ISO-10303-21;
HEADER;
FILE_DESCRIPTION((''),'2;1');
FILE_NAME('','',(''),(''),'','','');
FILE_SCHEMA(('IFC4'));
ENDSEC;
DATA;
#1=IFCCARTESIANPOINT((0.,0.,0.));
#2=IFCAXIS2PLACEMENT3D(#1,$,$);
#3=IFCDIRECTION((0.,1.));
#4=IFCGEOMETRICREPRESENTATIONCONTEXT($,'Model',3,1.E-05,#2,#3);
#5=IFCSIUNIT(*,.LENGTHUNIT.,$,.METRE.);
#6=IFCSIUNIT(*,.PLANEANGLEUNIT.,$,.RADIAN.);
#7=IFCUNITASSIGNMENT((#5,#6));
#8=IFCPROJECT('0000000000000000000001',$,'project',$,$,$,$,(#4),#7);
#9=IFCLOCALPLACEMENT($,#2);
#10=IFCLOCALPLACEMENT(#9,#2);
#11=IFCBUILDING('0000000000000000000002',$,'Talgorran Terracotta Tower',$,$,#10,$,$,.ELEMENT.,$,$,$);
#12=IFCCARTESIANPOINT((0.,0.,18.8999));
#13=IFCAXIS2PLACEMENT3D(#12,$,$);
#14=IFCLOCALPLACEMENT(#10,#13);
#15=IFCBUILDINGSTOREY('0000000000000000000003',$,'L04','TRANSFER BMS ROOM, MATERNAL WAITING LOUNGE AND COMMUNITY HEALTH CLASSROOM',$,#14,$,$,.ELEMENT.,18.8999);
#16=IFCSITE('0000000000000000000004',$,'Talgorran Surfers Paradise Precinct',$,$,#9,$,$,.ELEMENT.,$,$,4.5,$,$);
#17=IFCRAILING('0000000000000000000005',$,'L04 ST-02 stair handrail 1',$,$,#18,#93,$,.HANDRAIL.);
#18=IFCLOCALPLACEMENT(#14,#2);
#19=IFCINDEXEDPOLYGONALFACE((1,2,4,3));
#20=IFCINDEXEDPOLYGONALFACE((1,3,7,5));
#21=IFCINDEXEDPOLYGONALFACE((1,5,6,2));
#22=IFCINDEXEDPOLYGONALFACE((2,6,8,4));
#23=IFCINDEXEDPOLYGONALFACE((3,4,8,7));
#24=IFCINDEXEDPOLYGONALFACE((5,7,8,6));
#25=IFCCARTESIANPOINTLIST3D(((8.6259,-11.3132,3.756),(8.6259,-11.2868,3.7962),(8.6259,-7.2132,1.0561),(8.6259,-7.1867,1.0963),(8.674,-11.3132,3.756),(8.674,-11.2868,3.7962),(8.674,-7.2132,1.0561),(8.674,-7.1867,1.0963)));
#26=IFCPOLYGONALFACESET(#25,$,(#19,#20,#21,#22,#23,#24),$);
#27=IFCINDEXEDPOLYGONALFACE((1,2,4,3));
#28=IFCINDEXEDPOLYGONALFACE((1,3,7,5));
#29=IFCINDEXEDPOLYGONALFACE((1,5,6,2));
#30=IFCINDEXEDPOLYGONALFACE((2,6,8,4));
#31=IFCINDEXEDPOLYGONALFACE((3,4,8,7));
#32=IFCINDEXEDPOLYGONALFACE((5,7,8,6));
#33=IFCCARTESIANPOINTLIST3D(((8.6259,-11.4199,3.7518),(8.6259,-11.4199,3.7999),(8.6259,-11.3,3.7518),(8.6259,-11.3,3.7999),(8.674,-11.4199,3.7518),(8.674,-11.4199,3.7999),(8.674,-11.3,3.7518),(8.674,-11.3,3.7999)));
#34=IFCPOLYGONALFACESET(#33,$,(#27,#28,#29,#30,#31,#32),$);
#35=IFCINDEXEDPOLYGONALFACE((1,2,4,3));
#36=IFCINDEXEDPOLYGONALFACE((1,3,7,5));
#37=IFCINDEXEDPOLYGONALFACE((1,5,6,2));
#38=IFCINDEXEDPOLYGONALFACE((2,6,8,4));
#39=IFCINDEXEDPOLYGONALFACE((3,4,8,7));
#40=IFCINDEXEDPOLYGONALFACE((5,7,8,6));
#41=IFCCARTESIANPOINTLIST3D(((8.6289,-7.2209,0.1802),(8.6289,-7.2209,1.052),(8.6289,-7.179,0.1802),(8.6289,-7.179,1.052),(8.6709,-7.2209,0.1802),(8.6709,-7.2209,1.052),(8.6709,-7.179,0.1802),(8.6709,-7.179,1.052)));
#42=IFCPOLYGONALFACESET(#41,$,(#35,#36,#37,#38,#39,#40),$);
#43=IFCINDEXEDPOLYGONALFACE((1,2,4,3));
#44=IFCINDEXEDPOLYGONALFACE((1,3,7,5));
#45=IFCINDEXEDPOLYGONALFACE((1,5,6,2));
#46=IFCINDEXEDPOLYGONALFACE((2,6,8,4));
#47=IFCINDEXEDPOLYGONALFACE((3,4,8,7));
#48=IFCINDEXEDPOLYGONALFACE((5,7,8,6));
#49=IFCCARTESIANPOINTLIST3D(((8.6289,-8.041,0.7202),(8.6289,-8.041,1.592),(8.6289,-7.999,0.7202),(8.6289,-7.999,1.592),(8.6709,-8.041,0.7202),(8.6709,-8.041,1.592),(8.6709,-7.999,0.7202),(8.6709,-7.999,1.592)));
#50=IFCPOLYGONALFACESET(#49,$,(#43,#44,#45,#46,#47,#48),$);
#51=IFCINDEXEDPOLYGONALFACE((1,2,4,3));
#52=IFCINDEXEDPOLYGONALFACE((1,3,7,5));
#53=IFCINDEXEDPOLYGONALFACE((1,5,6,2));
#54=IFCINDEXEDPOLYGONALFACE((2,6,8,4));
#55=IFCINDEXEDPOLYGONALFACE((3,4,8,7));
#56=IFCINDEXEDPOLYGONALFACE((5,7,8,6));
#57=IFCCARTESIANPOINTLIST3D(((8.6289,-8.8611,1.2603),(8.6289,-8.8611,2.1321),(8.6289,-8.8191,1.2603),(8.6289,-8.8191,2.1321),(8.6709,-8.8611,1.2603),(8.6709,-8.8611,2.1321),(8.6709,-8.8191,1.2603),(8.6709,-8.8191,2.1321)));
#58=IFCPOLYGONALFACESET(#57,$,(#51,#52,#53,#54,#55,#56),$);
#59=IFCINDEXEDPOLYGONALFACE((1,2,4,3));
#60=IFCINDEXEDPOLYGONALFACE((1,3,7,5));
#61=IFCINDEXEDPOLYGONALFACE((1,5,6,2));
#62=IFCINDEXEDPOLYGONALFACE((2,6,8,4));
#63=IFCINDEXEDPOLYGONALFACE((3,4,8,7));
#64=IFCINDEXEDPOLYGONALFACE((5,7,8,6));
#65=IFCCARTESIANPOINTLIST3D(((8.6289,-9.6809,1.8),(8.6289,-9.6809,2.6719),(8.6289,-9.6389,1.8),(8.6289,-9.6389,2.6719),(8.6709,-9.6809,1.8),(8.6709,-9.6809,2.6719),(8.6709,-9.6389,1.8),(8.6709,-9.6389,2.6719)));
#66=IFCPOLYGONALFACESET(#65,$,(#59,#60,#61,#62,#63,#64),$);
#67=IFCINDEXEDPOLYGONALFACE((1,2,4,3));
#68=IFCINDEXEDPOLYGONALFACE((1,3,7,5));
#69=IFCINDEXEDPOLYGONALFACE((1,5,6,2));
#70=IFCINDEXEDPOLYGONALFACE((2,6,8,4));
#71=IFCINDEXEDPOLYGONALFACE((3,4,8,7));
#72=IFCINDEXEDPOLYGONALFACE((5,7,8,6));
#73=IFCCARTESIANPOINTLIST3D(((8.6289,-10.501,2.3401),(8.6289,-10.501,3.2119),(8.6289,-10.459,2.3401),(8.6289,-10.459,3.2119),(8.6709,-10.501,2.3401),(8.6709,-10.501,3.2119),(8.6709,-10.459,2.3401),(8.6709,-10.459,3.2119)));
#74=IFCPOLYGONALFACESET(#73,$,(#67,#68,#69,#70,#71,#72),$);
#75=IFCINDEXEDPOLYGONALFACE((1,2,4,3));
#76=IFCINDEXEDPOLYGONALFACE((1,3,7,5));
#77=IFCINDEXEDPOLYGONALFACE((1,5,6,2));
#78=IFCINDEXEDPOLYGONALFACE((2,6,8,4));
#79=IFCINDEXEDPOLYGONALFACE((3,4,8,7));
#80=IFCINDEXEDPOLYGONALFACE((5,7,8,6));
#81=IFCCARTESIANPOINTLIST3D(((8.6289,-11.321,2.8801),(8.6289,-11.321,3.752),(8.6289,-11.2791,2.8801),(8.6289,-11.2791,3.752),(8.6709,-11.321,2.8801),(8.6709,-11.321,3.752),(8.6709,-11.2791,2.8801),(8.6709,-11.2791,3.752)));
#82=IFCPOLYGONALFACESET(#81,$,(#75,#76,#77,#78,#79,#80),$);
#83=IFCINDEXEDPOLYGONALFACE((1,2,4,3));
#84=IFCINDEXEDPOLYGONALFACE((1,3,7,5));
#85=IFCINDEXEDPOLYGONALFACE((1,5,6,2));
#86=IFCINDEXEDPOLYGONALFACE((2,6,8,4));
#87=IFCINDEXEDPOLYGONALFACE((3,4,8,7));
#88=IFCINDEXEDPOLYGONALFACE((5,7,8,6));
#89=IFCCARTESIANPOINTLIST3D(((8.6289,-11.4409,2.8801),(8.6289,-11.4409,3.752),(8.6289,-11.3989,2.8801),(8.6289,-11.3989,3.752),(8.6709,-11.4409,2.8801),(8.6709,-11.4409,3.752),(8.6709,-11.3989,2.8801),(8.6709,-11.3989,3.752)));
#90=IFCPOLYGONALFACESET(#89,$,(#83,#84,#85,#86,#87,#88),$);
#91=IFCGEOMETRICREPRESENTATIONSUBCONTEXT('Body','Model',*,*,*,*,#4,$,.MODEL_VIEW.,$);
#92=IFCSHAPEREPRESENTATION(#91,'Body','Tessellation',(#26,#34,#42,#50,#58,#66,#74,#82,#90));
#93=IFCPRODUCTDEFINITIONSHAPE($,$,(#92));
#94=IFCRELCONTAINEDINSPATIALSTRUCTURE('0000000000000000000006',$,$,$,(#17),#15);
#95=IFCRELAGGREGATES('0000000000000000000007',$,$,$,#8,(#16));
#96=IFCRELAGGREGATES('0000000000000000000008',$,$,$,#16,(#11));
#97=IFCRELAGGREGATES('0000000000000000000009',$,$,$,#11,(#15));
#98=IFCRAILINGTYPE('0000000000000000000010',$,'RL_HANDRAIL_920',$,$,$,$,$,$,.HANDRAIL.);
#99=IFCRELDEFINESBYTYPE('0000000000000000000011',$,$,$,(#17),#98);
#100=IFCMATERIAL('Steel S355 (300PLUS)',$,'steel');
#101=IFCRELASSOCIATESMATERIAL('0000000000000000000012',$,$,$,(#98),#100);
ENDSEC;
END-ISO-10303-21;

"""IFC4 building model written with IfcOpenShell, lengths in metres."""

from ifc_helpers import new_model, si_unit, direction, frame, origin, origin_2d, place, context, subcontext, project, spatial, rectangle, extrude, material, type_object, element, save


model = new_model("IFC4")

# Units and contexts
model_context = context("Model", 3, precision=1e-05, world=origin(), true_north=direction((0.0, 1.0)))
body_context = subcontext(model_context, "Body", "Model", "MODEL_VIEW")
ifc_project = project(units=[si_unit("LENGTHUNIT", "METRE"), si_unit("PLANEANGLEUNIT", "RADIAN")], contexts=[model_context])

# Site, building, storey
site_placement = place(None, origin())
site = spatial("IfcSite", under=ifc_project, at=site_placement, Name="Talgorran Surfers Paradise Precinct", CompositionType="ELEMENT", RefElevation=4.5)
building_placement = place(site_placement, origin())
building = spatial("IfcBuilding", under=site, at=building_placement, Name="Talgorran Terracotta Tower", CompositionType="ELEMENT")
storey_placement = place(building_placement, frame((0.0, 0.0, 18.8999)))
storey = spatial("IfcBuildingStorey", under=building, at=storey_placement, Name="L04", Description="TRANSFER BMS ROOM, MATERNAL WAITING LOUNGE AND COMMUNITY HEALTH CLASSROOM", CompositionType="ELEMENT", Elevation=18.8999)

# Shared definitions
ifc_material_1 = material(Name="Steel S355 (300PLUS)", Category="steel")

# Railing
railing_type = type_object("IfcRailingType", Name="RL_HANDRAIL_920", PredefinedType="HANDRAIL", material=ifc_material_1)
railing_placement = place(storey_placement, frame((8.6499, -7.2, 0.1802)))
element("IfcRailing", 1, at=railing_placement, inside=storey, type_object=railing_type, Name="L04 ST-02 stair handrail 1", PredefinedType="HANDRAIL", context=body_context, shape_type="SweptSolid", body=[
    extrude(rectangle(XDim=0.0481, YDim=0.0481, at=origin_2d()), frame((0.0, 0.0, 0.896), z_axis=(0.0, -0.835181, 0.549974), x_axis=(1.0, 0.0, 0.0)), (0.0, 0.0, 1.0), 4.9092),
    extrude(rectangle(XDim=0.0481, YDim=0.0481, at=origin_2d()), frame((0.0, -4.1001, 3.5957), z_axis=(0.0, -1.0, 0.0), x_axis=(1.0, 0.0, 0.0)), (0.0, 0.0, 1.0), 0.1199),
    extrude(rectangle(XDim=0.042, YDim=0.042, at=origin_2d()), origin(), (0.0, 0.0, 1.0), 0.8718),
    extrude(rectangle(XDim=0.042, YDim=0.042, at=origin_2d()), frame((0.0, -0.8201, 0.54)), (0.0, 0.0, 1.0), 0.8718),
    extrude(rectangle(XDim=0.042, YDim=0.042, at=origin_2d()), frame((0.0, -1.6401, 1.0801)), (0.0, 0.0, 1.0), 0.8718),
    extrude(rectangle(XDim=0.042, YDim=0.042, at=origin_2d()), frame((0.0, -2.46, 1.6199)), (0.0, 0.0, 1.0), 0.8718),
    extrude(rectangle(XDim=0.042, YDim=0.042, at=origin_2d()), frame((0.0, -3.28, 2.1599)), (0.0, 0.0, 1.0), 0.8718),
    extrude(rectangle(XDim=0.042, YDim=0.042, at=origin_2d()), frame((0.0, -4.1001, 2.7)), (0.0, 0.0, 1.0), 0.8718),
    extrude(rectangle(XDim=0.042, YDim=0.042, at=origin_2d()), frame((0.0, -4.22, 2.7)), (0.0, 0.0, 1.0), 0.8718),
])

save(model, "model.ifc")
